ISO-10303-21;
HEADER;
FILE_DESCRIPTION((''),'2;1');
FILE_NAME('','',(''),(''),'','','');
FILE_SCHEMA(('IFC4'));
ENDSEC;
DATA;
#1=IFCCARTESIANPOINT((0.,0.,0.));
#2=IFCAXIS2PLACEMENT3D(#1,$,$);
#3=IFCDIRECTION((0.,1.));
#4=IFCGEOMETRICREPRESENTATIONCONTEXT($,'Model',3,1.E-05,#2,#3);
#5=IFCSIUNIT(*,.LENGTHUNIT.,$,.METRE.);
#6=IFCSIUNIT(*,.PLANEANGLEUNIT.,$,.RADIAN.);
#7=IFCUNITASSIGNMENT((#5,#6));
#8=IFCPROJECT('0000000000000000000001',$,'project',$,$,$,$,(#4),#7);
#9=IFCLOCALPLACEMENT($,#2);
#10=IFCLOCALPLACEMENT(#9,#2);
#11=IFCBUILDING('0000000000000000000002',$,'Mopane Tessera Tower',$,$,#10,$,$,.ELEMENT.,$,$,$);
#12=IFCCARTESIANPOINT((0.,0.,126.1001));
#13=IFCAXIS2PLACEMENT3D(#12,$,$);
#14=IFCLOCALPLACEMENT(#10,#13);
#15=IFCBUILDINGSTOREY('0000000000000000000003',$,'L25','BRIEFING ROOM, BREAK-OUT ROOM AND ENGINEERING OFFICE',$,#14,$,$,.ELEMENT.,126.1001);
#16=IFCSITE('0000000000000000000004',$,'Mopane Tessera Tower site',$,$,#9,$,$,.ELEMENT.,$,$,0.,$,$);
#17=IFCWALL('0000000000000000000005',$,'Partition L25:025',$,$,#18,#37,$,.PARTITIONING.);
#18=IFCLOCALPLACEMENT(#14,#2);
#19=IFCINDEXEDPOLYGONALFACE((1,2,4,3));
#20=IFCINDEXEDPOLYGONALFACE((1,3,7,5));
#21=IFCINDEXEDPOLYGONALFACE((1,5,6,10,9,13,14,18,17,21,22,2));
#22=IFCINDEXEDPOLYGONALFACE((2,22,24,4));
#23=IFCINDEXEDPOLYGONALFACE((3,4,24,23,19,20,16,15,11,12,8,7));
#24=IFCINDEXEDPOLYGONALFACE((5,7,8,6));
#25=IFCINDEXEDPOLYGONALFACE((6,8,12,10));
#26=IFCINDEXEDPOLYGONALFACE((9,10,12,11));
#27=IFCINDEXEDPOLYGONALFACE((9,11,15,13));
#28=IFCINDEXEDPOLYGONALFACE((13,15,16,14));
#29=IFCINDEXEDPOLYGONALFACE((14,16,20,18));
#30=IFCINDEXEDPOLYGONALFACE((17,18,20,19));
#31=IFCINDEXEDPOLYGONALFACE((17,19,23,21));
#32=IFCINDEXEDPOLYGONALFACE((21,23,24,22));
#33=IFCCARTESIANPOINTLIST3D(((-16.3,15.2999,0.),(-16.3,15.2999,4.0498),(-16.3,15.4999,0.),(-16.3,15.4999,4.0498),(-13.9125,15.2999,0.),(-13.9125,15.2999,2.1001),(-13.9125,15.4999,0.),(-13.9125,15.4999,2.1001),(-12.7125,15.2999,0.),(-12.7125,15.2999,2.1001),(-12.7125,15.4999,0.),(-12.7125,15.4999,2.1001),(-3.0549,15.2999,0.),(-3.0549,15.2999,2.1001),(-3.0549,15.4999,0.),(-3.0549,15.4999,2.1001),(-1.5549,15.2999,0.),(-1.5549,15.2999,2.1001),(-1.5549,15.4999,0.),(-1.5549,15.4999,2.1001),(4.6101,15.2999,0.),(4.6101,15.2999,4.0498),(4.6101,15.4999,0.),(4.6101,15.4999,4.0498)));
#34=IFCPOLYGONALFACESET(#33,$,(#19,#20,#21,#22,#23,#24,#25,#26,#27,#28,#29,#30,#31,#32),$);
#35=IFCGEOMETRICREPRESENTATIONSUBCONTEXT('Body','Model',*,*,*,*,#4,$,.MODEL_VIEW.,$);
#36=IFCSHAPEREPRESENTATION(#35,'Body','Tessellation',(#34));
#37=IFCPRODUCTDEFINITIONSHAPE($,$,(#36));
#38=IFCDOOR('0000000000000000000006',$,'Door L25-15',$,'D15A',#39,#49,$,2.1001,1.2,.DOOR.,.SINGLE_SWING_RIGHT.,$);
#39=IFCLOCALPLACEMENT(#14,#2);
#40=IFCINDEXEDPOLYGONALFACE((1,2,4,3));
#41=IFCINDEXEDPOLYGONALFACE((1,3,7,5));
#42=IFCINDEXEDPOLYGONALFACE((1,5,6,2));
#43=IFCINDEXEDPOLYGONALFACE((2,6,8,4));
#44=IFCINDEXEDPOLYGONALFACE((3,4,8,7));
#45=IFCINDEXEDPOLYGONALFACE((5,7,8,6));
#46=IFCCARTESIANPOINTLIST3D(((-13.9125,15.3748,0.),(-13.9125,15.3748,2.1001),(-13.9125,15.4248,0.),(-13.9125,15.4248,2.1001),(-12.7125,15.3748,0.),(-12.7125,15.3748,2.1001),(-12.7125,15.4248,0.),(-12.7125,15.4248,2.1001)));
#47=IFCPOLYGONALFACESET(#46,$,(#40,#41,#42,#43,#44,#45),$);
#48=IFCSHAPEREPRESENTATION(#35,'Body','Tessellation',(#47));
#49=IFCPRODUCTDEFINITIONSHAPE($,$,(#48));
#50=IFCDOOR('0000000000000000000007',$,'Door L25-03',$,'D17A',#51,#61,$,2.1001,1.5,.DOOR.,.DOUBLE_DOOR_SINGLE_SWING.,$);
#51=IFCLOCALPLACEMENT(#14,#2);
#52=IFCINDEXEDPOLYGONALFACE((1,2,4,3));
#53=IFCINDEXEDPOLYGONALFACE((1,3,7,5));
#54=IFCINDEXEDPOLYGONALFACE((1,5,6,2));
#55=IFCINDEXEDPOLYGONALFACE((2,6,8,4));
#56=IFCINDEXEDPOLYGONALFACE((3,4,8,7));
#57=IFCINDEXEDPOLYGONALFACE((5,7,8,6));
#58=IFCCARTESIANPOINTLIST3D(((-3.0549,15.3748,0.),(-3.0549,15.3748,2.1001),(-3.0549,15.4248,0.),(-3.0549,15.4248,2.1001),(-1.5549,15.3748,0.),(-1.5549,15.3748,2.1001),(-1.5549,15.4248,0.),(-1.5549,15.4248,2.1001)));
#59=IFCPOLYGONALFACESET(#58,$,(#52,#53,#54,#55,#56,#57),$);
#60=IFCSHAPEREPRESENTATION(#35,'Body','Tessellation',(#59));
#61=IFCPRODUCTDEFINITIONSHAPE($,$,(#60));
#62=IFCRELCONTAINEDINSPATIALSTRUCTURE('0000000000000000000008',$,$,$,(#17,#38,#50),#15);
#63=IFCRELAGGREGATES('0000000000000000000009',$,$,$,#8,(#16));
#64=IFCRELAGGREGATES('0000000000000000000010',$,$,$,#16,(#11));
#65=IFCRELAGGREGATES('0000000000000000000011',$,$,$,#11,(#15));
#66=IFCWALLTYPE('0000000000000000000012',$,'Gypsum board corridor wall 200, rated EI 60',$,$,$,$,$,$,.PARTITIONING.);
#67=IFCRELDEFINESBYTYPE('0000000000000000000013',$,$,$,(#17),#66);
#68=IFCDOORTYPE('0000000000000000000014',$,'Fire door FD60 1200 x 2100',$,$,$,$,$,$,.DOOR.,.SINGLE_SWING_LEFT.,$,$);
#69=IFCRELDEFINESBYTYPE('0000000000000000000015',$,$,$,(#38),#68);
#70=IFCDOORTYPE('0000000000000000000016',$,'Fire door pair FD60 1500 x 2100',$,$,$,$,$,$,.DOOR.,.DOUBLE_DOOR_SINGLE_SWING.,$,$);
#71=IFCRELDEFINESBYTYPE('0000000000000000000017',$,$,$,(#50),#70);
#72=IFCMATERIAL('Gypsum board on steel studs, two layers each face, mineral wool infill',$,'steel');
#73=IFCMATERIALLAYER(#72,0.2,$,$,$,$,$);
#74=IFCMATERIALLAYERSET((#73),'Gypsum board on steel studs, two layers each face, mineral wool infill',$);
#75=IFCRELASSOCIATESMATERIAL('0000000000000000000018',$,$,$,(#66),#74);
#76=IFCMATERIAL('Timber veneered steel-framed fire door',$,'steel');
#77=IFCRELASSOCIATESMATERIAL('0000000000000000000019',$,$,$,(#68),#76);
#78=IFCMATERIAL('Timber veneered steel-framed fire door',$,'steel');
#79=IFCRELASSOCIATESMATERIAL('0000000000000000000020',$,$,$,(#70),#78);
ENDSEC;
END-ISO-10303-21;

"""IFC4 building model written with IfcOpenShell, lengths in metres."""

from ifc_helpers import new_model, si_unit, direction, frame, frame_2d, origin, place, context, subcontext, project, spatial, rectangle, extrude, material, layer, layer_set, type_object, element, fill, save


model = new_model("IFC4")

# Units and contexts
model_context = context("Model", 3, precision=1e-05, world=origin(), true_north=direction((0.0, 1.0)))
body_context = subcontext(model_context, "Body", "Model", "MODEL_VIEW")
ifc_project = project(units=[si_unit("LENGTHUNIT", "METRE"), si_unit("PLANEANGLEUNIT", "RADIAN")], contexts=[model_context])

# Site, building, storey
site_placement = place(None, origin())
site = spatial("IfcSite", under=ifc_project, at=site_placement, Name="Mopane Tessera Tower site", CompositionType="ELEMENT", RefElevation=0.0)
building_placement = place(site_placement, origin())
building = spatial("IfcBuilding", under=site, at=building_placement, Name="Mopane Tessera Tower", CompositionType="ELEMENT")
storey_placement = place(building_placement, frame((0.0, 0.0, 126.1001)))
storey = spatial("IfcBuildingStorey", under=building, at=storey_placement, Name="L25", Description="BRIEFING ROOM, BREAK-OUT ROOM AND ENGINEERING OFFICE", CompositionType="ELEMENT", Elevation=126.1001)

# Wall, openings, doors
ifc_material_1 = material(Name="Gypsum board on steel studs, two layers each face, mineral wool infill", Category="steel")
ifc_layer_1 = layer(ifc_material_1, 0.2)
ifc_layer_set_1 = layer_set([ifc_layer_1], Name="Gypsum board on steel studs, two layers each face, mineral wool infill")
wall_type_1 = type_object("IfcWallType", Name="Gypsum board corridor wall 200, rated EI 60", PredefinedType="PARTITIONING", material=ifc_layer_set_1)
wall_1_placement = place(storey_placement, frame((-16.3, 15.3999, 0.0), z_axis=(0.0, 0.0, 1.0), x_axis=(1.0, 0.0, 0.0)))
wall_1 = element("IfcWall", 1, at=wall_1_placement, inside=storey, type_object=wall_type_1, Name="Partition L25:025", PredefinedType="PARTITIONING", context=body_context, shape_type="SweptSolid", body=[
    extrude(rectangle(XDim=20.9102, YDim=0.2, at=frame_2d((10.4551, 0.0))), origin(), (0.0, 0.0, 1.0), 4.0498),
])
opening_1_placement = place(wall_1_placement, frame((13.2451, 0.0, 0.0)))
opening_1 = element("IfcOpeningElement", 2, at=opening_1_placement, cuts=wall_1, PredefinedType="OPENING", context=body_context, shape_type="SweptSolid", body=[
    extrude(rectangle(XDim=1.5, YDim=2.1001, at=frame_2d((0.75, 1.05))), frame((0.0, 0.1121, 0.0), z_axis=(0.0, -1.0, 0.0), x_axis=(1.0, 0.0, 0.0)), (0.0, 0.0, 1.0), 0.2239),
])
opening_2_placement = place(wall_1_placement, frame((2.3875, 0.0, 0.0)))
opening_2 = element("IfcOpeningElement", 3, at=opening_2_placement, cuts=wall_1, PredefinedType="OPENING", context=body_context, shape_type="SweptSolid", body=[
    extrude(rectangle(XDim=1.2, YDim=2.1001, at=frame_2d((0.6001, 1.05))), frame((0.0, 0.1121, 0.0), z_axis=(0.0, -1.0, 0.0), x_axis=(1.0, 0.0, 0.0)), (0.0, 0.0, 1.0), 0.2239),
])
ifc_material_2 = material(Name="Timber veneered steel-framed fire door", Category="steel")
door_type_1 = type_object("IfcDoorType", Name="Fire door FD60 1200 x 2100", OperationType="SINGLE_SWING_LEFT", PredefinedType="DOOR", material=ifc_material_2)
door_1_placement = place(opening_2_placement, origin())
door_1 = element("IfcDoor", 4, at=door_1_placement, inside=storey, type_object=door_type_1, Name="Door L25-15", ObjectType="D15A", OperationType="SINGLE_SWING_RIGHT", OverallHeight=2.1001, OverallWidth=1.2, PredefinedType="DOOR", context=body_context, shape_type="SweptSolid", body=[
    extrude(rectangle(XDim=1.2, YDim=2.1001, at=frame_2d((0.6001, 1.05))), frame((0.0, 0.0249, 0.0), z_axis=(0.0, -1.0, 0.0), x_axis=(1.0, 0.0, 0.0)), (0.0, 0.0, 1.0), 0.05),
])
fill(opening_2, door_1)
ifc_material_3 = material(Name="Timber veneered steel-framed fire door", Category="steel")
door_type_2 = type_object("IfcDoorType", Name="Fire door pair FD60 1500 x 2100", OperationType="DOUBLE_DOOR_SINGLE_SWING", PredefinedType="DOOR", material=ifc_material_3)
door_2_placement = place(opening_1_placement, origin())
door_2 = element("IfcDoor", 5, at=door_2_placement, inside=storey, type_object=door_type_2, Name="Door L25-03", ObjectType="D17A", OperationType="DOUBLE_DOOR_SINGLE_SWING", OverallHeight=2.1001, OverallWidth=1.5, PredefinedType="DOOR", context=body_context, shape_type="SweptSolid", body=[
    extrude(rectangle(XDim=1.5, YDim=2.1001, at=frame_2d((0.75, 1.05))), frame((0.0, 0.0249, 0.0), z_axis=(0.0, -1.0, 0.0), x_axis=(1.0, 0.0, 0.0)), (0.0, 0.0, 1.0), 0.05),
])
fill(opening_1, door_2)

save(model, "model.ifc")
